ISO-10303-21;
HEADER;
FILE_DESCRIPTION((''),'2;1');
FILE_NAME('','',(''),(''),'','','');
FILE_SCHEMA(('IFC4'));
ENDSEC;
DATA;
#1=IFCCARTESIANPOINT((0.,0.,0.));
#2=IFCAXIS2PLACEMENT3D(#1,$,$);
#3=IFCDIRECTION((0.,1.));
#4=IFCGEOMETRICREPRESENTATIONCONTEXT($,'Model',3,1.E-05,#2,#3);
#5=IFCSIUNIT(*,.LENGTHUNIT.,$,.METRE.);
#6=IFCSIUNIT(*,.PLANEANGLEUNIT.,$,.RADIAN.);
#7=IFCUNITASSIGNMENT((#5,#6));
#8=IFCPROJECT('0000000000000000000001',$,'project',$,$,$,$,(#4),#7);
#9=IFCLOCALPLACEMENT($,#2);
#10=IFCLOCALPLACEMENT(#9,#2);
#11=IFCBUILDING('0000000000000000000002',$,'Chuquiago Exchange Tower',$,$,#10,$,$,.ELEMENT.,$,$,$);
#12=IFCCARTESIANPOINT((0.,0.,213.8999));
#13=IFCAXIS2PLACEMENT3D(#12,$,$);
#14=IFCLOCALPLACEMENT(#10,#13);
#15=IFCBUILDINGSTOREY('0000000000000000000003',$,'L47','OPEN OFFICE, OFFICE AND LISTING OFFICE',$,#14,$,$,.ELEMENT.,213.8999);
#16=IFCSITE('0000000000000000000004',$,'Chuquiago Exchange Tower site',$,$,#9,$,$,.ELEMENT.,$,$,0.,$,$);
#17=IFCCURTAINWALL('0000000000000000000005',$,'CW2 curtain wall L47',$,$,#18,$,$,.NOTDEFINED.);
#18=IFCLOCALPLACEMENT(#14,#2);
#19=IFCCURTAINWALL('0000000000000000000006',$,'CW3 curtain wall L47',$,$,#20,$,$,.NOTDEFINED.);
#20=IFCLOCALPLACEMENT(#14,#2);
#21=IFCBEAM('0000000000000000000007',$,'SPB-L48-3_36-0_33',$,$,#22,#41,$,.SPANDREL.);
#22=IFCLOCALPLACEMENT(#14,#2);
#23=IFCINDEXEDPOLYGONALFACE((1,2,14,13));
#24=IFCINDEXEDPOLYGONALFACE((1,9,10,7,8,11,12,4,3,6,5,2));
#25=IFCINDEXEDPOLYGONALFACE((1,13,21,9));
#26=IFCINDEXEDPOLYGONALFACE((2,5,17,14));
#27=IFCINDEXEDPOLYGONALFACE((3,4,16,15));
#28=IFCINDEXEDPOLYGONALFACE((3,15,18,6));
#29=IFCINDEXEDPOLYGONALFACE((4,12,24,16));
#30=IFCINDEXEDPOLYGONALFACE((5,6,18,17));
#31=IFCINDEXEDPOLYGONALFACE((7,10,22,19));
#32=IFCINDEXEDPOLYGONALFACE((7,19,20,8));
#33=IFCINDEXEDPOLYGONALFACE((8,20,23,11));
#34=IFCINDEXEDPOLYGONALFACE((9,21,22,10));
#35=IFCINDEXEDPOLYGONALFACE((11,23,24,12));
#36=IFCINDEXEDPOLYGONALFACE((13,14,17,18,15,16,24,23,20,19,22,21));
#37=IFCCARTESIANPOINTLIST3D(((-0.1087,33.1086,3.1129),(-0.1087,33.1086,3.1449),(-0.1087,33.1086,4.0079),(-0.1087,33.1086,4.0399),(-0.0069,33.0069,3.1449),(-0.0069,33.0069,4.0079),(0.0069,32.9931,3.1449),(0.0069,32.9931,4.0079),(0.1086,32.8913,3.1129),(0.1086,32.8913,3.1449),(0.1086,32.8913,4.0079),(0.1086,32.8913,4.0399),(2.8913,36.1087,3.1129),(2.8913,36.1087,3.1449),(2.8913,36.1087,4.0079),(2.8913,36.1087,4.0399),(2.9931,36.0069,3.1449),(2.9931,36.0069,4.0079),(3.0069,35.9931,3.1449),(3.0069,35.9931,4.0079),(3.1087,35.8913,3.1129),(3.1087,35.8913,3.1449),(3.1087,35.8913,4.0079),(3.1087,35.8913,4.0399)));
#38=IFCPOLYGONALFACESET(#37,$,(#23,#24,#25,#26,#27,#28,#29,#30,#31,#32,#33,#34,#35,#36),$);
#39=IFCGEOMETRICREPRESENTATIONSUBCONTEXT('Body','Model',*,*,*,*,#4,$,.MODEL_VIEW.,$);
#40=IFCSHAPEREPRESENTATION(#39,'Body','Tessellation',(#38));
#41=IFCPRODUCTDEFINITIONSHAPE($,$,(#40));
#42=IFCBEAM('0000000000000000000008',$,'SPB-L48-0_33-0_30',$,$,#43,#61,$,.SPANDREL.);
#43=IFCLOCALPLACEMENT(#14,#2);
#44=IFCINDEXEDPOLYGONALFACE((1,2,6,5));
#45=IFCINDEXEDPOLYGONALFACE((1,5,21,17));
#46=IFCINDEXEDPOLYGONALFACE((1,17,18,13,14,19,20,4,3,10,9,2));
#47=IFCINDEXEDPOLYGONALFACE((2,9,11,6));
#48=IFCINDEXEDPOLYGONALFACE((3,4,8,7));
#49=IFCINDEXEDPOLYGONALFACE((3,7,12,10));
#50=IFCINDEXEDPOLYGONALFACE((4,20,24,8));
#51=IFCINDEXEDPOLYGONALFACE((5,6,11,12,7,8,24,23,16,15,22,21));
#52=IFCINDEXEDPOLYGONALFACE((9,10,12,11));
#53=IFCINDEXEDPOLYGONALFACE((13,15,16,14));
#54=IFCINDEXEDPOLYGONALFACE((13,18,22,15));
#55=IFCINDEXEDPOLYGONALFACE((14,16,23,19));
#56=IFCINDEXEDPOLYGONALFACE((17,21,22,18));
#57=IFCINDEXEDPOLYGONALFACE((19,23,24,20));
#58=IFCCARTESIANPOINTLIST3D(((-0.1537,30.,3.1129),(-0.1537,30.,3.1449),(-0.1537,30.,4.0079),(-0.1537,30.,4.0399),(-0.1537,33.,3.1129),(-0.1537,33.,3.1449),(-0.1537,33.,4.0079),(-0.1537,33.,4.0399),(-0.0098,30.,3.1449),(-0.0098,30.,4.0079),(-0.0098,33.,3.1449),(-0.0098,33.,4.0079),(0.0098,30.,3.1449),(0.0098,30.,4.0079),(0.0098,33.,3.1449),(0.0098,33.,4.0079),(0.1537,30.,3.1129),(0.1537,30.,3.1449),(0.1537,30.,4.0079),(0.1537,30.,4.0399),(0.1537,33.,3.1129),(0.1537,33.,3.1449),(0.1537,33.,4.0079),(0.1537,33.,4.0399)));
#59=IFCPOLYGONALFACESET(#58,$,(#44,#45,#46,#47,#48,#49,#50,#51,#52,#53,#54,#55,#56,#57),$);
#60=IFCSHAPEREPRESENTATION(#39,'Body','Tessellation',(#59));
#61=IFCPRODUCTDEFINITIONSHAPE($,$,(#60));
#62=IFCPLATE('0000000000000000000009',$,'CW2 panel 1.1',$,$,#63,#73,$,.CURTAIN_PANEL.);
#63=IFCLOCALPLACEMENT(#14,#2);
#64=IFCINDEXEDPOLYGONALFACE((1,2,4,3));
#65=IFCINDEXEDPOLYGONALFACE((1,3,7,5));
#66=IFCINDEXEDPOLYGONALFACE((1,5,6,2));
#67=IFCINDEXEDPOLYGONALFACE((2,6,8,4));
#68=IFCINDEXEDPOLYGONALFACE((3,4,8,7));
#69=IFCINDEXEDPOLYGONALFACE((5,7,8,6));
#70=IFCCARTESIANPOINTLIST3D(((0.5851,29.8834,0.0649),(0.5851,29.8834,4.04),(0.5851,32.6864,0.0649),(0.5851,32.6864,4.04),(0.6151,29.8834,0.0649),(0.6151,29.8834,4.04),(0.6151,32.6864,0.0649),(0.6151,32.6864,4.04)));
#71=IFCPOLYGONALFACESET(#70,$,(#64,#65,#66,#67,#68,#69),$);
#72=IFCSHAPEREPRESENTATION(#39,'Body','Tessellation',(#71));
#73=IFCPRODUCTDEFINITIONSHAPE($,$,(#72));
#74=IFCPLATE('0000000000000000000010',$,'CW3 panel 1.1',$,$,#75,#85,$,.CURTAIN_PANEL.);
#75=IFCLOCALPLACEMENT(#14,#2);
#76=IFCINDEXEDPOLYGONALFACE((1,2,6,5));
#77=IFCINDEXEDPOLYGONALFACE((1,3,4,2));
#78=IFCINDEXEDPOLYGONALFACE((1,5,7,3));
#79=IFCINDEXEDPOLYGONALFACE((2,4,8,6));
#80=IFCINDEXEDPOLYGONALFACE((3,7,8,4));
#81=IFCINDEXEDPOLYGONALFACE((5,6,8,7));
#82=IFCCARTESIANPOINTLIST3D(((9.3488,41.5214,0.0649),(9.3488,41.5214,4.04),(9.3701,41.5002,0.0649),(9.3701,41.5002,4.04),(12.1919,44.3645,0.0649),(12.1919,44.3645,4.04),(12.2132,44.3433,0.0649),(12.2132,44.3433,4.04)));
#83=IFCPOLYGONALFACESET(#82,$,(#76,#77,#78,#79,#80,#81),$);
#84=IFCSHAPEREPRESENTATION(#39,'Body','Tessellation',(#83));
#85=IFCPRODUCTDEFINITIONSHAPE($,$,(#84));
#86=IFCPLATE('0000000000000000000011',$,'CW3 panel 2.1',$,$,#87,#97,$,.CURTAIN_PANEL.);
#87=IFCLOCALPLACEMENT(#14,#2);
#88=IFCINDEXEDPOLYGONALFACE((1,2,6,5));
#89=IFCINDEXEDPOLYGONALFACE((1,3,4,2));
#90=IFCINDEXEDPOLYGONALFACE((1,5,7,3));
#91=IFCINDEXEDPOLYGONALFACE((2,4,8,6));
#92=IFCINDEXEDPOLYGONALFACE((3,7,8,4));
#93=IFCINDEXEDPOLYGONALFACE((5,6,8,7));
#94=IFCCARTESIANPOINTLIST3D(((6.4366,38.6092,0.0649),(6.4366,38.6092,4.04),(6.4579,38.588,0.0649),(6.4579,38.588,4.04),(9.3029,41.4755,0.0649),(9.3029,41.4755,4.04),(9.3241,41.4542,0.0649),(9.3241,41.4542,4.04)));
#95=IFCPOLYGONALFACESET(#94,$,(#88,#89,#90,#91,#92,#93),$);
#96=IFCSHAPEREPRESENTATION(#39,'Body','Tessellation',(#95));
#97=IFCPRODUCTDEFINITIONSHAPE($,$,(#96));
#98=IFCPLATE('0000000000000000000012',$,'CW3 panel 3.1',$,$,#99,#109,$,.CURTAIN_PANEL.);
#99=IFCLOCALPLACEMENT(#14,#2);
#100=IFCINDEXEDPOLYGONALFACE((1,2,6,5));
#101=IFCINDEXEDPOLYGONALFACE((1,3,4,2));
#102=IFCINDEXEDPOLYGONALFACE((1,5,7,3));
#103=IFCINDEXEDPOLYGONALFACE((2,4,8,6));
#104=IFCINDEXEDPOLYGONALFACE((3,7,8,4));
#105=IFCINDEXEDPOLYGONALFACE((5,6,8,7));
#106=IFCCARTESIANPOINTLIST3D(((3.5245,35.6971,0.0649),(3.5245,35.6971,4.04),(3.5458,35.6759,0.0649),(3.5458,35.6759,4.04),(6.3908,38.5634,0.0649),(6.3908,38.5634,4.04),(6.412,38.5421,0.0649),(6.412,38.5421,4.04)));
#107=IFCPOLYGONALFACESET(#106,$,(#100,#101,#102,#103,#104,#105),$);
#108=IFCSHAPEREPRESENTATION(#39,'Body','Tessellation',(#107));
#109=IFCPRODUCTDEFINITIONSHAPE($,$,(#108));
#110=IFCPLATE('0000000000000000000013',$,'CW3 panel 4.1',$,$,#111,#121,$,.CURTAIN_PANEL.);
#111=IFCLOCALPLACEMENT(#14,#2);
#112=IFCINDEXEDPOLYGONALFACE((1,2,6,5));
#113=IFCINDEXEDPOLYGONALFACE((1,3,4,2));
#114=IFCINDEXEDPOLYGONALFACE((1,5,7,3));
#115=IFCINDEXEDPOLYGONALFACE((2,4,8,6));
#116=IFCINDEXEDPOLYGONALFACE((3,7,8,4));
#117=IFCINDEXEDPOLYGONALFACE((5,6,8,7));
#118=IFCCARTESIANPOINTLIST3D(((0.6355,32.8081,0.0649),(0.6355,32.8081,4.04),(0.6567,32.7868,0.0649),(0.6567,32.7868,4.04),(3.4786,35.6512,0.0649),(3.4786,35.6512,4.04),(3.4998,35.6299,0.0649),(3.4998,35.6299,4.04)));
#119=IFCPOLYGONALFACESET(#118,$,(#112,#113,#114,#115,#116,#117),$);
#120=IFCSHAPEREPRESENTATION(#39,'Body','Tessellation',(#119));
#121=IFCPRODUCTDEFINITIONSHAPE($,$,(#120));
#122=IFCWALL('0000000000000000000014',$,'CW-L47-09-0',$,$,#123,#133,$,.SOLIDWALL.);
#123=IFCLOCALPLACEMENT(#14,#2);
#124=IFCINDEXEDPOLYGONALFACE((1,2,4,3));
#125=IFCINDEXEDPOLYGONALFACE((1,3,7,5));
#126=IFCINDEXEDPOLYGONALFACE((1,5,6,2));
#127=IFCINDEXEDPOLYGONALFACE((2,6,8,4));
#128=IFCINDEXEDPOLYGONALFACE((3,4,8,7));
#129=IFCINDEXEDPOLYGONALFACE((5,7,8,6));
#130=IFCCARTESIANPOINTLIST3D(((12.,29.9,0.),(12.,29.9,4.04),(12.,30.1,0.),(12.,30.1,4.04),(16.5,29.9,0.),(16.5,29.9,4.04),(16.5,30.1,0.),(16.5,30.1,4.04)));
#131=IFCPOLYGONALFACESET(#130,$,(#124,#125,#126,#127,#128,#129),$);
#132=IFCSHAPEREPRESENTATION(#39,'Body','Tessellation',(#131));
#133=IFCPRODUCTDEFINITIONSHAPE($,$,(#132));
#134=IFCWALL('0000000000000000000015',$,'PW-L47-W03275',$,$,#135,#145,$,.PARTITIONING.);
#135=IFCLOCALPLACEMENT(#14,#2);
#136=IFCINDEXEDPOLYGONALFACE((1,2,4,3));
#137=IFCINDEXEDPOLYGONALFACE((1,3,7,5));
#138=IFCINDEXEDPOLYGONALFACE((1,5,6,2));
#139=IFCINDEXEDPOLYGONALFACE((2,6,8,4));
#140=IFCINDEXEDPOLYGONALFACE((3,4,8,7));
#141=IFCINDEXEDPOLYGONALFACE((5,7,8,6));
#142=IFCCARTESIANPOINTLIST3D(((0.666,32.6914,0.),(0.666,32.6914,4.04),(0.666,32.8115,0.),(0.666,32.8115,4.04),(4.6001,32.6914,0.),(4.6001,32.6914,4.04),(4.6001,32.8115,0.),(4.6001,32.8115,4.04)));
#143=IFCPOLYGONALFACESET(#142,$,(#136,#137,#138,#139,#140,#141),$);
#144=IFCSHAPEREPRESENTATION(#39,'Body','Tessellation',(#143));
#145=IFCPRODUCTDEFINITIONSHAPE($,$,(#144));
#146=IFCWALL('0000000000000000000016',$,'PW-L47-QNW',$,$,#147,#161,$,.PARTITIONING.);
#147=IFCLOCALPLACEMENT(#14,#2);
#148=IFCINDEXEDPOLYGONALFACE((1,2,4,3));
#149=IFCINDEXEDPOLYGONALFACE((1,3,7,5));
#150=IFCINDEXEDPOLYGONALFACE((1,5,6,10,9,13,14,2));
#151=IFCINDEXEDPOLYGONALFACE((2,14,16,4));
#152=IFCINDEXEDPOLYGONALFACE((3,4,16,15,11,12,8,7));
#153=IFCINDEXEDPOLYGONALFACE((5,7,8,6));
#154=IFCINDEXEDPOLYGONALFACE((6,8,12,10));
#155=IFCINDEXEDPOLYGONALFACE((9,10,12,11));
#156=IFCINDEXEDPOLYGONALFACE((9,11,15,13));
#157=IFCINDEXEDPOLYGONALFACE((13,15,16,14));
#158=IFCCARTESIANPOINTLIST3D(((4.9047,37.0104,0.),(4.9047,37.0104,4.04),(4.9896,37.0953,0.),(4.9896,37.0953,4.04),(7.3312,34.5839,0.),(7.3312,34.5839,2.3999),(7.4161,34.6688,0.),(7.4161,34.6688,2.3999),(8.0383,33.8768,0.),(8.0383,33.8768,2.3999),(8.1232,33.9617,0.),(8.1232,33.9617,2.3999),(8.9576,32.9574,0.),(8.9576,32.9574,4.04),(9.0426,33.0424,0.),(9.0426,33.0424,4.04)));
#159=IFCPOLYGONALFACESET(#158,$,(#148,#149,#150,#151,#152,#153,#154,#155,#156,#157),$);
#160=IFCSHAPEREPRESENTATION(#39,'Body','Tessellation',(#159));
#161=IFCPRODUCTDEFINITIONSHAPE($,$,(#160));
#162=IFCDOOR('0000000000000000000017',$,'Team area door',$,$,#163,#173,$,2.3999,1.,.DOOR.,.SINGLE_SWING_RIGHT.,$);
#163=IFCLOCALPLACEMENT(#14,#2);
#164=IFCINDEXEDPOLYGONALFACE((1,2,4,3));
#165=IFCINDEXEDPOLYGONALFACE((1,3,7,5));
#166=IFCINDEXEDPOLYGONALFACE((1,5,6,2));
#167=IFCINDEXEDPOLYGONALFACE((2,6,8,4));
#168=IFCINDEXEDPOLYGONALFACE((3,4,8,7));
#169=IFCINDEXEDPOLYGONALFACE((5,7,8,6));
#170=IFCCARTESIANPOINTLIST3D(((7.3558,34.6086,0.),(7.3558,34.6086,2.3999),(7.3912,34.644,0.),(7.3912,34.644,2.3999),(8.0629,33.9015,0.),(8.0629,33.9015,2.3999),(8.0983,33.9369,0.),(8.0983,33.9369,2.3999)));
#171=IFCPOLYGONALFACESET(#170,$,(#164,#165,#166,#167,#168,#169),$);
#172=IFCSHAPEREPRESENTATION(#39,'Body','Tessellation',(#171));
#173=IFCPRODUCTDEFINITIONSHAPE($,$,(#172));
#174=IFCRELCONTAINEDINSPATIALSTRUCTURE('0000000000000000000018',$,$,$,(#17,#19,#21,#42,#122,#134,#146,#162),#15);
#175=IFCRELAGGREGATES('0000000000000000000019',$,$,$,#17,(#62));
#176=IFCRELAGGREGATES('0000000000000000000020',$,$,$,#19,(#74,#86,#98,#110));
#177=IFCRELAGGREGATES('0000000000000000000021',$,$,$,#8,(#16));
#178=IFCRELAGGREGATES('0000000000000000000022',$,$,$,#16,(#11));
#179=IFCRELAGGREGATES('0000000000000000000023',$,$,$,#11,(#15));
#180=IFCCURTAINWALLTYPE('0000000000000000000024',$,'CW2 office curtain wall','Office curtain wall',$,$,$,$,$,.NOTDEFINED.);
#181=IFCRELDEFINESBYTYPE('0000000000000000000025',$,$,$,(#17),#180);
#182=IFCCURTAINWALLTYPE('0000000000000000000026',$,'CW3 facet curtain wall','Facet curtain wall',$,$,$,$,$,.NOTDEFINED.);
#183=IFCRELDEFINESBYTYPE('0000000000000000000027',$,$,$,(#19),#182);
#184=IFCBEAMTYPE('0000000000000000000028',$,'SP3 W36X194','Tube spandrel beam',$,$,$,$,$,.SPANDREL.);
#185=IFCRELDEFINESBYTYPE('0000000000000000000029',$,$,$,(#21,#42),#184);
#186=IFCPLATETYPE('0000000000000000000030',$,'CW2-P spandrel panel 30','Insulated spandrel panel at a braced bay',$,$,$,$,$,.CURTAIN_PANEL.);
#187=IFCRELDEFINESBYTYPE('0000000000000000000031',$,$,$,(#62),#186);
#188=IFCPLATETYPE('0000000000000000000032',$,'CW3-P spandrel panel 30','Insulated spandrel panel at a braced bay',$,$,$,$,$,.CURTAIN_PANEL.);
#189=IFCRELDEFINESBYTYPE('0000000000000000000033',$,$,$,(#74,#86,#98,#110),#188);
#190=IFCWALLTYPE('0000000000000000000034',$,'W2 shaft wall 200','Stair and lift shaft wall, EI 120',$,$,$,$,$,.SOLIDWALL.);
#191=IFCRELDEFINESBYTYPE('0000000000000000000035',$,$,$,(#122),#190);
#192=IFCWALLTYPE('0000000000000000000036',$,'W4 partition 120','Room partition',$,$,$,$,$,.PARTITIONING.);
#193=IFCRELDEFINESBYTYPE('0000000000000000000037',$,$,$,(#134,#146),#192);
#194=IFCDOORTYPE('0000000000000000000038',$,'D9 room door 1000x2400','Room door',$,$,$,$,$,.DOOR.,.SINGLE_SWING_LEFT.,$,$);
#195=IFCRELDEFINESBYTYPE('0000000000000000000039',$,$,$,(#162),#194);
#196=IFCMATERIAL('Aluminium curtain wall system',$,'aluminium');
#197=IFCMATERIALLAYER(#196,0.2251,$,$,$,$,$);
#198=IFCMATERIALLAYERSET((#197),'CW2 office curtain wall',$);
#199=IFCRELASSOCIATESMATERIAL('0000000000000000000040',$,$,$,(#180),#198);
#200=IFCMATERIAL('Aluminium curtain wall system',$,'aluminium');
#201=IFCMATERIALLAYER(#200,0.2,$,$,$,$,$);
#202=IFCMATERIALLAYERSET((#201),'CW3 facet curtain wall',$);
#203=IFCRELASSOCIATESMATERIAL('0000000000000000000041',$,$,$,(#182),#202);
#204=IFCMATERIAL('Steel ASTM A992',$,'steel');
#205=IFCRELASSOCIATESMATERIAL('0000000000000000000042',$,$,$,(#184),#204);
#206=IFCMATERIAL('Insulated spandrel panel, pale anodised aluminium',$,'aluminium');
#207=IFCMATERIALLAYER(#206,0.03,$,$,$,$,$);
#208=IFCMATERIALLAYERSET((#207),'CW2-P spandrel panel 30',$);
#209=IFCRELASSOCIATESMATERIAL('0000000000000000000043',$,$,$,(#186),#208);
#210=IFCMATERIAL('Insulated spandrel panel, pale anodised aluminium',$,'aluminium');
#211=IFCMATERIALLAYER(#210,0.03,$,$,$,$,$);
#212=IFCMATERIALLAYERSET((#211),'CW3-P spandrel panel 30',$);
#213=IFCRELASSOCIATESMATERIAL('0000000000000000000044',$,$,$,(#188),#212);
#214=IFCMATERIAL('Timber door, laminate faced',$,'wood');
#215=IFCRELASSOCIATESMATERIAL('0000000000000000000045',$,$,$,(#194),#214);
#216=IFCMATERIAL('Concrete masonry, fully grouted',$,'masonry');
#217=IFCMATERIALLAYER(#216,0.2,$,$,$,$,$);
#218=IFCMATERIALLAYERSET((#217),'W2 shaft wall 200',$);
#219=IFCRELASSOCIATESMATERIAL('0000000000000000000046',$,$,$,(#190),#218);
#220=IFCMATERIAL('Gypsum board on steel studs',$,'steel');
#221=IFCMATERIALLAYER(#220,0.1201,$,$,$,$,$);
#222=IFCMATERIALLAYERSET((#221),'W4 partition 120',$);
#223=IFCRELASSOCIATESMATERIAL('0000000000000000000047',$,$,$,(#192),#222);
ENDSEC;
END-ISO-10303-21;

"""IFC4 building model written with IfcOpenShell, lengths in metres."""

from ifc_helpers import new_model, si_unit, direction, frame, frame_2d, origin, origin_2d, place, context, subcontext, project, spatial, rectangle, i_section, extrude, material, layer, layer_set, material_profile, profile_set, type_object, element, fill, aggregate, save


model = new_model("IFC4")

# Units and contexts
model_context = context("Model", 3, precision=1e-05, world=origin(), true_north=direction((0.0, 1.0)))
body_context = subcontext(model_context, "Body", "Model", "MODEL_VIEW")
ifc_project = project(units=[si_unit("LENGTHUNIT", "METRE"), si_unit("PLANEANGLEUNIT", "RADIAN")], contexts=[model_context])

# Site, building, storey
site_placement = place(None, origin())
site = spatial("IfcSite", under=ifc_project, at=site_placement, Name="Chuquiago Exchange Tower site", CompositionType="ELEMENT", RefElevation=0.0)
building_placement = place(site_placement, origin())
building = spatial("IfcBuilding", under=site, at=building_placement, Name="Chuquiago Exchange Tower", CompositionType="ELEMENT")
storey_placement = place(building_placement, frame((0.0, 0.0, 213.8999)))
storey = spatial("IfcBuildingStorey", under=building, at=storey_placement, Name="L47", Description="OPEN OFFICE, OFFICE AND LISTING OFFICE", CompositionType="ELEMENT", Elevation=213.8999)

# Curtain walls
ifc_material_1 = material(Name="Aluminium curtain wall system", Category="aluminium")
ifc_layer_1 = layer(ifc_material_1, 0.2251)
ifc_layer_set_1 = layer_set([ifc_layer_1], Name="CW2 office curtain wall")
curtain_wall_type_1 = type_object("IfcCurtainWallType", Name="CW2 office curtain wall", Description="Office curtain wall", PredefinedType="NOTDEFINED", material=ifc_layer_set_1)
curtain_wall_1_placement = place(storey_placement, origin())
curtain_wall_1 = element("IfcCurtainWall", 1, at=curtain_wall_1_placement, inside=storey, type_object=curtain_wall_type_1, Name="CW2 curtain wall L47", PredefinedType="NOTDEFINED")
ifc_material_2 = material(Name="Aluminium curtain wall system", Category="aluminium")
ifc_layer_2 = layer(ifc_material_2, 0.2)
ifc_layer_set_2 = layer_set([ifc_layer_2], Name="CW3 facet curtain wall")
curtain_wall_type_2 = type_object("IfcCurtainWallType", Name="CW3 facet curtain wall", Description="Facet curtain wall", PredefinedType="NOTDEFINED", material=ifc_layer_set_2)
curtain_wall_2_placement = place(storey_placement, origin())
curtain_wall_2 = element("IfcCurtainWall", 2, at=curtain_wall_2_placement, inside=storey, type_object=curtain_wall_type_2, Name="CW3 curtain wall L47", PredefinedType="NOTDEFINED")

# Beams
ifc_material_3 = material(Name="Steel ASTM A992", Category="steel")
ifc_material_profile_1 = material_profile(ifc_material_3, i_section(OverallWidth=0.3074, OverallDepth=0.927, WebThickness=0.0195, FlangeThickness=0.032, at=origin_2d()), Name="W36X194")
ifc_profile_set_1 = profile_set([ifc_material_profile_1], Name="Steel ASTM A992")
beam_type_1 = type_object("IfcBeamType", Name="SP3 W36X194", Description="Tube spandrel beam", PredefinedType="SPANDREL", material=ifc_profile_set_1)
for number, where, z_axis, x_axis, name in (
    (3, (3.0, 36.0, 3.5764), (-0.707107, -0.707107, 0.0), (0.707107, -0.707107, 0.0), "SPB-L48-3_36-0_33"),
):
    element("IfcBeam", number, at=place(storey_placement, frame(where, z_axis=z_axis, x_axis=x_axis)), inside=storey, type_object=beam_type_1, Name=name, PredefinedType="SPANDREL", context=body_context, shape_type="SweptSolid", body=[
        extrude(i_section(OverallWidth=0.3074, OverallDepth=0.927, WebThickness=0.0195, FlangeThickness=0.032, at=origin_2d()), origin(), (0.0, 0.0, 1.0), 4.2427),
    ])
beam_1_placement = place(storey_placement, frame((0.0, 33.0, 3.5764), z_axis=(0.0, -1.0, 0.0), x_axis=(1.0, 0.0, 0.0)))
element("IfcBeam", 4, at=beam_1_placement, inside=storey, type_object=beam_type_1, Name="SPB-L48-0_33-0_30", PredefinedType="SPANDREL", context=body_context, shape_type="SweptSolid", body=[
    extrude(i_section(OverallWidth=0.3074, OverallDepth=0.927, WebThickness=0.0195, FlangeThickness=0.032, at=origin_2d()), origin(), (0.0, 0.0, 1.0), 3.0),
])

# Plates
ifc_material_4 = material(Name="Insulated spandrel panel, pale anodised aluminium", Category="aluminium")
ifc_layer_3 = layer(ifc_material_4, 0.03)
ifc_layer_set_3 = layer_set([ifc_layer_3], Name="CW2-P spandrel panel 30")
plate_type_1 = type_object("IfcPlateType", Name="CW2-P spandrel panel 30", Description="Insulated spandrel panel at a braced bay", PredefinedType="CURTAIN_PANEL", material=ifc_layer_set_3)
plate_1_placement = place(storey_placement, frame((0.6001, 31.2849, 0.0649), z_axis=(0.0, 0.0, 1.0), x_axis=(0.0, -1.0, 0.0)))
plate_1 = element("IfcPlate", 5, at=plate_1_placement, type_object=plate_type_1, Name="CW2 panel 1.1", PredefinedType="CURTAIN_PANEL", context=body_context, shape_type="SweptSolid", body=[
    extrude(rectangle(XDim=2.803, YDim=0.03, at=origin_2d()), origin(), (0.0, 0.0, 1.0), 3.9751),
])
aggregate(curtain_wall_1, [plate_1])
ifc_material_5 = material(Name="Insulated spandrel panel, pale anodised aluminium", Category="aluminium")
ifc_layer_4 = layer(ifc_material_5, 0.03)
ifc_layer_set_4 = layer_set([ifc_layer_4], Name="CW3-P spandrel panel 30")
plate_type_2 = type_object("IfcPlateType", Name="CW3-P spandrel panel 30", Description="Insulated spandrel panel at a braced bay", PredefinedType="CURTAIN_PANEL", material=ifc_layer_set_4)
plate_2_placement = place(storey_placement, frame((10.781, 42.9324, 0.0649), z_axis=(0.0, 0.0, 1.0), x_axis=(-0.707107, -0.707107, 0.0)))
plate_2 = element("IfcPlate", 6, at=plate_2_placement, type_object=plate_type_2, Name="CW3 panel 1.1", PredefinedType="CURTAIN_PANEL", context=body_context, shape_type="SweptSolid", body=[
    extrude(rectangle(XDim=4.0208, YDim=0.03, at=origin_2d()), origin(), (0.0, 0.0, 1.0), 3.9751),
])
plate_3_placement = place(storey_placement, frame((7.8804, 40.0317, 0.0649), z_axis=(0.0, 0.0, 1.0), x_axis=(-0.707107, -0.707107, 0.0)))
plate_3 = element("IfcPlate", 7, at=plate_3_placement, type_object=plate_type_2, Name="CW3 panel 2.1", PredefinedType="CURTAIN_PANEL", context=body_context, shape_type="SweptSolid", body=[
    extrude(rectangle(XDim=4.0535, YDim=0.03, at=origin_2d()), origin(), (0.0, 0.0, 1.0), 3.9751),
])
plate_4_placement = place(storey_placement, frame((4.9683, 37.1196, 0.0649), z_axis=(0.0, 0.0, 1.0), x_axis=(-0.707107, -0.707107, 0.0)))
plate_4 = element("IfcPlate", 8, at=plate_4_placement, type_object=plate_type_2, Name="CW3 panel 3.1", PredefinedType="CURTAIN_PANEL", context=body_context, shape_type="SweptSolid", body=[
    extrude(rectangle(XDim=4.0535, YDim=0.03, at=origin_2d()), origin(), (0.0, 0.0, 1.0), 3.9751),
])
plate_5_placement = place(storey_placement, frame((2.0676, 34.219, 0.0649), z_axis=(0.0, 0.0, 1.0), x_axis=(-0.707107, -0.707107, 0.0)))
plate_5 = element("IfcPlate", 9, at=plate_5_placement, type_object=plate_type_2, Name="CW3 panel 4.1", PredefinedType="CURTAIN_PANEL", context=body_context, shape_type="SweptSolid", body=[
    extrude(rectangle(XDim=4.0208, YDim=0.03, at=origin_2d()), origin(), (0.0, 0.0, 1.0), 3.9751),
])
aggregate(curtain_wall_2, [plate_2, plate_3, plate_4, plate_5])

# Shared definitions
ifc_material_6 = material(Name="Timber door, laminate faced", Category="wood")
door_type = type_object("IfcDoorType", Name="D9 room door 1000x2400", Description="Room door", OperationType="SINGLE_SWING_LEFT", PredefinedType="DOOR", material=ifc_material_6)

# Walls
ifc_material_7 = material(Name="Concrete masonry, fully grouted", Category="masonry")
ifc_layer_5 = layer(ifc_material_7, 0.2)
ifc_layer_set_5 = layer_set([ifc_layer_5], Name="W2 shaft wall 200")
wall_type_1 = type_object("IfcWallType", Name="W2 shaft wall 200", Description="Stair and lift shaft wall, EI 120", PredefinedType="SOLIDWALL", material=ifc_layer_set_5)
wall_1_placement = place(storey_placement, frame((12.0, 30.0, 0.0), z_axis=(0.0, 0.0, 1.0), x_axis=(1.0, 0.0, 0.0)))
element("IfcWall", 10, at=wall_1_placement, inside=storey, type_object=wall_type_1, Name="CW-L47-09-0", PredefinedType="SOLIDWALL", context=body_context, shape_type="SweptSolid", body=[
    extrude(rectangle(XDim=4.5, YDim=0.2, at=frame_2d((2.25, 0.0))), origin(), (0.0, 0.0, 1.0), 4.04),
])
ifc_material_8 = material(Name="Gypsum board on steel studs", Category="steel")
ifc_layer_6 = layer(ifc_material_8, 0.1201)
ifc_layer_set_6 = layer_set([ifc_layer_6], Name="W4 partition 120")
wall_type_2 = type_object("IfcWallType", Name="W4 partition 120", Description="Room partition", PredefinedType="PARTITIONING", material=ifc_layer_set_6)
wall_2_placement = place(storey_placement, frame((0.666, 32.7515, 0.0), z_axis=(0.0, 0.0, 1.0), x_axis=(1.0, 0.0, 0.0)))
element("IfcWall", 11, at=wall_2_placement, inside=storey, type_object=wall_type_2, Name="PW-L47-W03275", PredefinedType="PARTITIONING", context=body_context, shape_type="SweptSolid", body=[
    extrude(rectangle(XDim=3.9341, YDim=0.1201, at=frame_2d((1.967, 0.0))), origin(), (0.0, 0.0, 1.0), 4.04),
])

# Wall, opening, door
wall_3_placement = place(storey_placement, frame((9.0, 33.0, 0.0), z_axis=(0.0, 0.0, 1.0), x_axis=(-0.707107, 0.707107, 0.0)))
wall_3 = element("IfcWall", 12, at=wall_3_placement, inside=storey, type_object=wall_type_2, Name="PW-L47-QNW", PredefinedType="PARTITIONING", context=body_context, shape_type="SweptSolid", body=[
    extrude(rectangle(XDim=5.7317, YDim=0.1201, at=frame_2d((2.8657, 0.0))), origin(), (0.0, 0.0, 1.0), 4.04),
])
opening_1_placement = place(wall_3_placement, frame((1.3, 0.0, 0.0)))
opening_1 = element("IfcOpeningElement", 13, at=opening_1_placement, cuts=wall_3, PredefinedType="OPENING", context=body_context, shape_type="SweptSolid", body=[
    extrude(rectangle(XDim=1.0, YDim=2.3999, at=frame_2d((0.5, 1.2))), frame((0.0, 0.0701, 0.0), z_axis=(0.0, -1.0, 0.0), x_axis=(1.0, 0.0, 0.0)), (0.0, 0.0, 1.0), 0.1401),
])
door_1_placement = place(opening_1_placement, frame((1.0, 0.0, 0.0), z_axis=(0.0, 0.0, 1.0), x_axis=(-1.0, 0.0, 0.0)))
door_1 = element("IfcDoor", 14, at=door_1_placement, inside=storey, type_object=door_type, Name="Team area door", OperationType="SINGLE_SWING_RIGHT", OverallHeight=2.3999, OverallWidth=1.0, PredefinedType="DOOR", context=body_context, shape_type="SweptSolid", body=[
    extrude(rectangle(XDim=1.0, YDim=2.3999, at=frame_2d((0.5, 1.2))), frame((0.0, 0.0249, 0.0), z_axis=(0.0, -1.0, 0.0), x_axis=(1.0, 0.0, 0.0)), (0.0, 0.0, 1.0), 0.05),
])
fill(opening_1, door_1)

save(model, "model.ifc")
